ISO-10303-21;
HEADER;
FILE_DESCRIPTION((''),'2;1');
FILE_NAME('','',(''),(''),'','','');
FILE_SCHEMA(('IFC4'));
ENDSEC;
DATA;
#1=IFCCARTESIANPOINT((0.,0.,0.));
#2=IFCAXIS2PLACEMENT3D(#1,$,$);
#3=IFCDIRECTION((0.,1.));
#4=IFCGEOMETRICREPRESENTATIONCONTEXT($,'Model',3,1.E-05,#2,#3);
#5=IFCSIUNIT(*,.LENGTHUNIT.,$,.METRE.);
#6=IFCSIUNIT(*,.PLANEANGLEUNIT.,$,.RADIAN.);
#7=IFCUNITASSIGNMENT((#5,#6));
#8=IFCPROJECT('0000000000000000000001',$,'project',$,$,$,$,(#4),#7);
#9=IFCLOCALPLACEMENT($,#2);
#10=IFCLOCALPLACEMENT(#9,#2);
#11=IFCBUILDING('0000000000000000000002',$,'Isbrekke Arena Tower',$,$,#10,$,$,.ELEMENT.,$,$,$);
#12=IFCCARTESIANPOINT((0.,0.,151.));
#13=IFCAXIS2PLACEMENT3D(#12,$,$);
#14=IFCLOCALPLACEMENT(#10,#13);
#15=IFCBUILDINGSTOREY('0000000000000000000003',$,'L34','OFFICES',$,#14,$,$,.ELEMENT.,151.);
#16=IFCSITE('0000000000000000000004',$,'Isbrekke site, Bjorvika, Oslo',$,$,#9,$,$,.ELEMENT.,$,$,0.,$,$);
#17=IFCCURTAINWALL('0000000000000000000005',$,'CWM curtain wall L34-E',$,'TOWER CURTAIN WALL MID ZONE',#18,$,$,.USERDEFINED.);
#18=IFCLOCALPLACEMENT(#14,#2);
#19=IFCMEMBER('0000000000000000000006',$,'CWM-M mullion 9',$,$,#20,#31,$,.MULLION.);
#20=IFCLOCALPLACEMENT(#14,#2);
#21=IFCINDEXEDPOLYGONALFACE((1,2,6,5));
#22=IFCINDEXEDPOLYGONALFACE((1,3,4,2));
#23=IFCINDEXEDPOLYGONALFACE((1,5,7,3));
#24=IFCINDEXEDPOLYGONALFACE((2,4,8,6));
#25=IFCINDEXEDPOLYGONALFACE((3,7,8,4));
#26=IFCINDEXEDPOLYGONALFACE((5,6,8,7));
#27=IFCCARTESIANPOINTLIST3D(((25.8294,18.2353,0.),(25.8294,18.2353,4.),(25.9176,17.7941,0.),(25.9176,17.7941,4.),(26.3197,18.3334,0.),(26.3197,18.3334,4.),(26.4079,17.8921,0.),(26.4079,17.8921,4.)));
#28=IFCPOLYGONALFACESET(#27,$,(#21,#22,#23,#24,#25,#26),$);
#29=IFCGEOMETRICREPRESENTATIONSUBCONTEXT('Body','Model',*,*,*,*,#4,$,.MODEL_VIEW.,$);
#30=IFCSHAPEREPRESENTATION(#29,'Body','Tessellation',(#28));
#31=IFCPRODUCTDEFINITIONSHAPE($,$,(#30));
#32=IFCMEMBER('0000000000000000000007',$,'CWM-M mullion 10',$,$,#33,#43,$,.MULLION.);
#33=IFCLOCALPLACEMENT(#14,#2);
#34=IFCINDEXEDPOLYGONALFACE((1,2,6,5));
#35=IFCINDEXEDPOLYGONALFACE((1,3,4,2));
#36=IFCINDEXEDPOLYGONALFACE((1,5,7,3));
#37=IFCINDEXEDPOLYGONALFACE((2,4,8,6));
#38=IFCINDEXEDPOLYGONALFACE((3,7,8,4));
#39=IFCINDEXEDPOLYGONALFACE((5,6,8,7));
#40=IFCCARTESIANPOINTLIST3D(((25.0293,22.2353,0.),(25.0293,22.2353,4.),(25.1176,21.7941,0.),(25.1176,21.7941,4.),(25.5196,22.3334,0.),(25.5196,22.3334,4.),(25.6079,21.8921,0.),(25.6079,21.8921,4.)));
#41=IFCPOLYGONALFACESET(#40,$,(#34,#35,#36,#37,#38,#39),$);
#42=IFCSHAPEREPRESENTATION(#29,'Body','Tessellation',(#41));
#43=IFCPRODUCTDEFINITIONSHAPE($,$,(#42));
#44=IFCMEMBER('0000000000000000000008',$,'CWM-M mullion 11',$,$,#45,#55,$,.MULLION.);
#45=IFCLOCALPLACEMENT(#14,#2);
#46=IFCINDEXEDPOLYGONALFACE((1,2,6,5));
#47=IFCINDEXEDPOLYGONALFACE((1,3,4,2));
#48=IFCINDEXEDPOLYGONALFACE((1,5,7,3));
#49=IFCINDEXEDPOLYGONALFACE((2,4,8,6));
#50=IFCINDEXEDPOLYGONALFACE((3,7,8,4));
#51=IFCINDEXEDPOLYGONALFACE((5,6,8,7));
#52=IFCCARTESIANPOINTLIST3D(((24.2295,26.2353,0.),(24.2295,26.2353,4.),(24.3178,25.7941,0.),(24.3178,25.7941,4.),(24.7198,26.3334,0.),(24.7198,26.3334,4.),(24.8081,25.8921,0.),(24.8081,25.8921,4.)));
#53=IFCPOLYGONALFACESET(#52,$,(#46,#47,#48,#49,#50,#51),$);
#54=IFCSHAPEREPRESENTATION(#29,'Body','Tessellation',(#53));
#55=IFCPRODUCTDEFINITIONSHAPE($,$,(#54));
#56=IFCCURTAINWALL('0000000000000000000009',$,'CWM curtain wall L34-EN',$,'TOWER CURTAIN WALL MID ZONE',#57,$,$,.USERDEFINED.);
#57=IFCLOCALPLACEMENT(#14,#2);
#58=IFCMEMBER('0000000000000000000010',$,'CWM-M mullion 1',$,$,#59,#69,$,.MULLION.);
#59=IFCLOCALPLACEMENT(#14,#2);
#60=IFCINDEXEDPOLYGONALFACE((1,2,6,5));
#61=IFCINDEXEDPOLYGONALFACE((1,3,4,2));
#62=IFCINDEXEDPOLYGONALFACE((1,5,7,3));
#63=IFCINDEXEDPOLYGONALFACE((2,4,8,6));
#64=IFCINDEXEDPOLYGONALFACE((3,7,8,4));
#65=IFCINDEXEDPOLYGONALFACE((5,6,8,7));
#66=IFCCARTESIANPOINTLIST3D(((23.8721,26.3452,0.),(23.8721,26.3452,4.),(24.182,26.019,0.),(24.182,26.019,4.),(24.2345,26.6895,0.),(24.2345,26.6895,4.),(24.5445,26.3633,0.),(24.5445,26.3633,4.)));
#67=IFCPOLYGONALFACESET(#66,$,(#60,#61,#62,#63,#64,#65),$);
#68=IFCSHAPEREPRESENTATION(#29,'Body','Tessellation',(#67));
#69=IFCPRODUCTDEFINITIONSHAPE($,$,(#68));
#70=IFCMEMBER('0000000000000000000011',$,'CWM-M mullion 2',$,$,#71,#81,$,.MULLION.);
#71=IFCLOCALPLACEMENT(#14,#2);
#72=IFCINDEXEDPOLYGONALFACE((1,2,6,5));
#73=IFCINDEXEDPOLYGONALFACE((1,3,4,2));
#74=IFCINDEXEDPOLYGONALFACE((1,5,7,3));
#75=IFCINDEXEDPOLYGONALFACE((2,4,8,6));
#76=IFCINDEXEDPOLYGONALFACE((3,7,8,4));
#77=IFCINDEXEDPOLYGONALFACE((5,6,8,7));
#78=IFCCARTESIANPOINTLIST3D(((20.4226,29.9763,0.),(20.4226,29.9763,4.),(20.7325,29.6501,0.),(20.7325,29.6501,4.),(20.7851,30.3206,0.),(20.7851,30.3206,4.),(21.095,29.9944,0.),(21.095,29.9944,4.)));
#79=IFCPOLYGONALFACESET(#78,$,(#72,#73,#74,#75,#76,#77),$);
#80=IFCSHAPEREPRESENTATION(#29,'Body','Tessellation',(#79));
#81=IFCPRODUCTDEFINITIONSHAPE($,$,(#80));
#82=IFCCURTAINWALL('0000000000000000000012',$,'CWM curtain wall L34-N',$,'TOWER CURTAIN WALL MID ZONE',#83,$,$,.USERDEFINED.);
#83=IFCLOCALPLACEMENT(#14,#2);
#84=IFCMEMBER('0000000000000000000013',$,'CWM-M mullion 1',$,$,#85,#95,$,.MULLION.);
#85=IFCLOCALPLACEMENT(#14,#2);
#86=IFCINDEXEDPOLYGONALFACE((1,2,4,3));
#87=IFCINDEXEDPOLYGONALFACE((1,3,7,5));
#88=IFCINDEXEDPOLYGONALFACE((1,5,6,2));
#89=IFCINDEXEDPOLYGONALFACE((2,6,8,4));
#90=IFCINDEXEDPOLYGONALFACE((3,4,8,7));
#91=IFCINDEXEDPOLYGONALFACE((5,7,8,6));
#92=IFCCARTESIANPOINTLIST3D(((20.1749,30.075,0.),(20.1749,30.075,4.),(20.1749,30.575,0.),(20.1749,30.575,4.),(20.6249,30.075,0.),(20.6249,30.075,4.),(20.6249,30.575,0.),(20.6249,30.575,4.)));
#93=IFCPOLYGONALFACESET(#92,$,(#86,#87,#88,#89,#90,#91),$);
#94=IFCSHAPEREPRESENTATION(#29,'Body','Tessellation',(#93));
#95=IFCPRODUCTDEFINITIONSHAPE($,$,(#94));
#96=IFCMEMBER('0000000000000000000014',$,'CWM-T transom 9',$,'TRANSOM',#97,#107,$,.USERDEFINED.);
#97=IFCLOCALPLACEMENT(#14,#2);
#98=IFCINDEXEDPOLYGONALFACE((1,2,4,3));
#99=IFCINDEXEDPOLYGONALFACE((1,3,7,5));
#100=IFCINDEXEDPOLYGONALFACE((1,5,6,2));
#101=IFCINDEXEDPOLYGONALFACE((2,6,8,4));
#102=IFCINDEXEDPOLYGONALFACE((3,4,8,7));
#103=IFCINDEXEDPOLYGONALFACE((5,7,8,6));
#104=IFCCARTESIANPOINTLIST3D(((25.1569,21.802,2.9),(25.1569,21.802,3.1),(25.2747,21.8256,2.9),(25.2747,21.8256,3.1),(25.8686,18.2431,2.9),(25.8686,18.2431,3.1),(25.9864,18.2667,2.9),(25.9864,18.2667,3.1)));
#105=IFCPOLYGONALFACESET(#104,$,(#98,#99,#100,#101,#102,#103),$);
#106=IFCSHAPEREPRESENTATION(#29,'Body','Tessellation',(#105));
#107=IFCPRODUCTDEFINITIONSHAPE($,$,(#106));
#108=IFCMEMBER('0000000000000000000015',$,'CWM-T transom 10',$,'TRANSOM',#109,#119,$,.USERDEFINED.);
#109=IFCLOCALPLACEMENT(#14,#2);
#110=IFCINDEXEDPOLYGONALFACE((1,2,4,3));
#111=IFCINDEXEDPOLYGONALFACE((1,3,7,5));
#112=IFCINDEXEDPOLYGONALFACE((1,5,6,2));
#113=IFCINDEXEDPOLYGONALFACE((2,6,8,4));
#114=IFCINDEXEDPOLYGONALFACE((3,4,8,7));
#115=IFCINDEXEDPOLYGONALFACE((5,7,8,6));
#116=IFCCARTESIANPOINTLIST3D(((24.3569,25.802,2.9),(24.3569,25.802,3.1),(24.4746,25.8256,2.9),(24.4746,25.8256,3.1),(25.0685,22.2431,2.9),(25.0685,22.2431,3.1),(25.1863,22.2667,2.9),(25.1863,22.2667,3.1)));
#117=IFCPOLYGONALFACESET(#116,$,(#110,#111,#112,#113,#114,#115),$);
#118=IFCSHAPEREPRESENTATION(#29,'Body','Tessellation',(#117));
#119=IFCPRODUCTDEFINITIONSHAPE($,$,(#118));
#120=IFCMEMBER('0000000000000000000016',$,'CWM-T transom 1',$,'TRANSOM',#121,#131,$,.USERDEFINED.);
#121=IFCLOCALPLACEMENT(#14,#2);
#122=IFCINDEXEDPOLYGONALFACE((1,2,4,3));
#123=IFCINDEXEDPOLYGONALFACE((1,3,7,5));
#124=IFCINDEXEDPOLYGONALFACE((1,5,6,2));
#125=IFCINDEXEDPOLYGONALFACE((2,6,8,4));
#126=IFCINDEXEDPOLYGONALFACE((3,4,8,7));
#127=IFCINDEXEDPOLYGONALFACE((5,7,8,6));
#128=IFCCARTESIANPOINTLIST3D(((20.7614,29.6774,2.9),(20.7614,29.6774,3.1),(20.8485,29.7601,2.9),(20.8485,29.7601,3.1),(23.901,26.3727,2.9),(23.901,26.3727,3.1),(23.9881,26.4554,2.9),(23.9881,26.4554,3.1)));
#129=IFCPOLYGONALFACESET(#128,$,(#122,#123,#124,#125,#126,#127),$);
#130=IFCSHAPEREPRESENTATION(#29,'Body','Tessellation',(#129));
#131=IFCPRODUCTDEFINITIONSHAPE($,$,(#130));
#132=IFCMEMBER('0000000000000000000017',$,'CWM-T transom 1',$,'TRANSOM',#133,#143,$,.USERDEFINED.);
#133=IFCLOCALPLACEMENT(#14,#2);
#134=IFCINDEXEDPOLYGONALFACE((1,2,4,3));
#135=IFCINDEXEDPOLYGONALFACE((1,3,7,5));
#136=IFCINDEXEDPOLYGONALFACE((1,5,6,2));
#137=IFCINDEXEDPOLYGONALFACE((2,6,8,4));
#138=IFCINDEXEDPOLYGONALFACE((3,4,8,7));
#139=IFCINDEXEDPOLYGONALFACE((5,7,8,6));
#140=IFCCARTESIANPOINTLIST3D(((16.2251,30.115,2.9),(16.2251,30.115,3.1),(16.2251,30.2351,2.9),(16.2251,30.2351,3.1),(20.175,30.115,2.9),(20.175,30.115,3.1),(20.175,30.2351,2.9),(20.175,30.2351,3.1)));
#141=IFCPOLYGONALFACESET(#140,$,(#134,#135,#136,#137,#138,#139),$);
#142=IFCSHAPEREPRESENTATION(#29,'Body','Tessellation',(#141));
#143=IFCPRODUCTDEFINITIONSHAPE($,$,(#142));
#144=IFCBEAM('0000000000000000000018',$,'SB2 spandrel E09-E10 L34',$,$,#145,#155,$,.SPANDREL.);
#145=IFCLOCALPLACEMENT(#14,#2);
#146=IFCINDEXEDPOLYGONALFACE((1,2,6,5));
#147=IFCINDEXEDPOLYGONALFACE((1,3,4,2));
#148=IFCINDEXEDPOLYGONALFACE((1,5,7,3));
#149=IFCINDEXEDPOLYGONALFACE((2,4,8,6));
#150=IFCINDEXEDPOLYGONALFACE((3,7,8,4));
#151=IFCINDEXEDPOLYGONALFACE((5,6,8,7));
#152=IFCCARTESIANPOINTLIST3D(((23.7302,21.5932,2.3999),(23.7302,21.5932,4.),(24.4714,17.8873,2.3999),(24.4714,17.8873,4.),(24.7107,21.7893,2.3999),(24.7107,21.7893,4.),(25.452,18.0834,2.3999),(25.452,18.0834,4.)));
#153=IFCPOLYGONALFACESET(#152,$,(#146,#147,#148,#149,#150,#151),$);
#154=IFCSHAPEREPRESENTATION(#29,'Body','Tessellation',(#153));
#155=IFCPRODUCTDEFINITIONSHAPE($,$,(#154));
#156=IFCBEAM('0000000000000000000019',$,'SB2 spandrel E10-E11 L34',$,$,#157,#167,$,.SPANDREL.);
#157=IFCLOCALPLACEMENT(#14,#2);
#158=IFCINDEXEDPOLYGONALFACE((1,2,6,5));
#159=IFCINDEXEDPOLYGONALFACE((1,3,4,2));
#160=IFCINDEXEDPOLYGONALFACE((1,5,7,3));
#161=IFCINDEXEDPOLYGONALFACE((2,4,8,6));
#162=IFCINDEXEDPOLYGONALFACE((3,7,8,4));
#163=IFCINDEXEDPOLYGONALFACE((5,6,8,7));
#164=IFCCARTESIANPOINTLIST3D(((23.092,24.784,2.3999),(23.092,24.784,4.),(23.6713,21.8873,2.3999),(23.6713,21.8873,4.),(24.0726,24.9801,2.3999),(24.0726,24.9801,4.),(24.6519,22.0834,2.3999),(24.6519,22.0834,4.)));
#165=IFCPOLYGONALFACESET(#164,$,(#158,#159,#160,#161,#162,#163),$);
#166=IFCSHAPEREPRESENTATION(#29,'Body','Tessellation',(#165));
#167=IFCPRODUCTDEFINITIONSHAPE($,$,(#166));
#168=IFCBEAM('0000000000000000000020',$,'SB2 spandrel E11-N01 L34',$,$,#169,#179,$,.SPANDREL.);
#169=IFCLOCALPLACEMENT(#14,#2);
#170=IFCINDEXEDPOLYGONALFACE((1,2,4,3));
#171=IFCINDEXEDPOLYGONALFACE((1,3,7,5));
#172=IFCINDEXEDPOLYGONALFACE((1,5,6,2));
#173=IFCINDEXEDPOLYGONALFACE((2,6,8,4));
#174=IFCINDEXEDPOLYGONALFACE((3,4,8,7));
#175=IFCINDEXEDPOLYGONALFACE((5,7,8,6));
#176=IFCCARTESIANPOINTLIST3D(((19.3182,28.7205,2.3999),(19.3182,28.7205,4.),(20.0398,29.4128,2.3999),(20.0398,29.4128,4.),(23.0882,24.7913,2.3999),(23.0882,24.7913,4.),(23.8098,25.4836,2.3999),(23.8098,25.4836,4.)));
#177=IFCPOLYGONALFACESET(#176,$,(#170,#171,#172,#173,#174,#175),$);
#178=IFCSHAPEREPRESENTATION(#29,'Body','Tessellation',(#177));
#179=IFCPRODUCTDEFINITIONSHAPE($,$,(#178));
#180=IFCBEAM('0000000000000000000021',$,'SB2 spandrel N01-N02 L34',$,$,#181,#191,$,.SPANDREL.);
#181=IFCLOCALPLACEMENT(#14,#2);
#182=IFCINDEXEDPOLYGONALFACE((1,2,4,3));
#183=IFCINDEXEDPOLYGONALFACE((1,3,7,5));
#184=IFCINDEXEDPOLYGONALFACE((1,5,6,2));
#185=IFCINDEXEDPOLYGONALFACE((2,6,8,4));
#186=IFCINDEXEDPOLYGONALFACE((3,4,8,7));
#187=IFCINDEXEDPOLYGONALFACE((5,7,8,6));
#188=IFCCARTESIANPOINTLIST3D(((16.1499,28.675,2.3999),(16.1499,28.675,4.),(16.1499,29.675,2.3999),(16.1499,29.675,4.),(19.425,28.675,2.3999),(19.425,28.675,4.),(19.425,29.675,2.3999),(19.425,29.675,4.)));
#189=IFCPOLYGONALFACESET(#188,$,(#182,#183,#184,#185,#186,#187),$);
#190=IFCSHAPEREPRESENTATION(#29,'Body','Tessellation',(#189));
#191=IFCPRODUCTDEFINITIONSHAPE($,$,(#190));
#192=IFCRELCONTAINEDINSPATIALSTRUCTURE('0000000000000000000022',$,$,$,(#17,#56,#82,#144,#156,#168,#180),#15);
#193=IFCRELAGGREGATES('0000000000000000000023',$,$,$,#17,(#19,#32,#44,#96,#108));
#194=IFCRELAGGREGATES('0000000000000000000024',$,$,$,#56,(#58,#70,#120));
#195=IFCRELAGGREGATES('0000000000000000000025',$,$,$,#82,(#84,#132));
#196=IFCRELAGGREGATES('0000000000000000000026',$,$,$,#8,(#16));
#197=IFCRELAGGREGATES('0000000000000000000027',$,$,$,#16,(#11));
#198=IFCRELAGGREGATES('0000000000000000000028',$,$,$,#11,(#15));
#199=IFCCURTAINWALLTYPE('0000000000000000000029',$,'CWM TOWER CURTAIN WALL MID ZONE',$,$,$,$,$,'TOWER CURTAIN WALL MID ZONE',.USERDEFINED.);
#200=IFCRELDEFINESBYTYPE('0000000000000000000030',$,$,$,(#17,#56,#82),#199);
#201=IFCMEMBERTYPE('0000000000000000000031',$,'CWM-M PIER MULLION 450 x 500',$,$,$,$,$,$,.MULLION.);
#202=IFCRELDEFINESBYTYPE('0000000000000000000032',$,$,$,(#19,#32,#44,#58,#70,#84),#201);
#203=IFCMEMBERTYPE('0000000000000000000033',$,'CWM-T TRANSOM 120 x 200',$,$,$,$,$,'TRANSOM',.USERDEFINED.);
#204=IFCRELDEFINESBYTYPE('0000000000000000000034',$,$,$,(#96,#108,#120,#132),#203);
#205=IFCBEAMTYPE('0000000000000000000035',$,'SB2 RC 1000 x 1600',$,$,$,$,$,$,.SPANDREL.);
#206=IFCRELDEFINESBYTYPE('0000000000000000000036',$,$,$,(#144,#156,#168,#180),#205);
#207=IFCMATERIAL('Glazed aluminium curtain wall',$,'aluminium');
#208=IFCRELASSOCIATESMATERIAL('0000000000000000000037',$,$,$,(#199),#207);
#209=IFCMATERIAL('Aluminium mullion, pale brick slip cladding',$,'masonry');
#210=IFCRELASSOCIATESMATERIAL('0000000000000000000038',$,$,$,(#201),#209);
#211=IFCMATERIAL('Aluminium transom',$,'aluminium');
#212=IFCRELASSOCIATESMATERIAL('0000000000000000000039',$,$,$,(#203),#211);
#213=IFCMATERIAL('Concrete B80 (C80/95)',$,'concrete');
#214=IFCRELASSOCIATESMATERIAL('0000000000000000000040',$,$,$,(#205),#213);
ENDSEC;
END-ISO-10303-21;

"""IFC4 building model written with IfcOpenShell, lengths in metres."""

from ifc_helpers import new_model, si_unit, direction, frame, origin, origin_2d, place, context, subcontext, project, spatial, rectangle, extrude, material, material_profile, profile_set, type_object, element, aggregate, save


model = new_model("IFC4")

# Units and contexts
model_context = context("Model", 3, precision=1e-05, world=origin(), true_north=direction((0.0, 1.0)))
body_context = subcontext(model_context, "Body", "Model", "MODEL_VIEW")
ifc_project = project(units=[si_unit("LENGTHUNIT", "METRE"), si_unit("PLANEANGLEUNIT", "RADIAN")], contexts=[model_context])

# Site, building, storey
site_placement = place(None, origin())
site = spatial("IfcSite", under=ifc_project, at=site_placement, Name="Isbrekke site, Bjorvika, Oslo", CompositionType="ELEMENT", RefElevation=0.0)
building_placement = place(site_placement, origin())
building = spatial("IfcBuilding", under=site, at=building_placement, Name="Isbrekke Arena Tower", CompositionType="ELEMENT")
storey_placement = place(building_placement, frame((0.0, 0.0, 151.0)))
storey = spatial("IfcBuildingStorey", under=building, at=storey_placement, Name="L34", Description="OFFICES", CompositionType="ELEMENT", Elevation=151.0)

# Curtain walls, members
ifc_material_1 = material(Name="Glazed aluminium curtain wall", Category="aluminium")
curtain_wall_type = type_object("IfcCurtainWallType", Name="CWM TOWER CURTAIN WALL MID ZONE", ElementType="TOWER CURTAIN WALL MID ZONE", PredefinedType="USERDEFINED", material=ifc_material_1)
curtain_wall_1_placement = place(storey_placement, origin())
curtain_wall_1 = element("IfcCurtainWall", 1, at=curtain_wall_1_placement, inside=storey, type_object=curtain_wall_type, Name="CWM curtain wall L34-E", ObjectType="TOWER CURTAIN WALL MID ZONE", PredefinedType="USERDEFINED")
ifc_material_2 = material(Name="Aluminium mullion, pale brick slip cladding", Category="masonry")
ifc_material_profile_1 = material_profile(ifc_material_2, rectangle(XDim=0.45, YDim=0.5, at=origin_2d()), Name="PIER 450X500")
ifc_profile_set_1 = profile_set([ifc_material_profile_1], Name="Aluminium mullion, pale brick slip cladding")
member_type_1 = type_object("IfcMemberType", Name="CWM-M PIER MULLION 450 x 500", PredefinedType="MULLION", material=ifc_profile_set_1)
member_1_placement = place(storey_placement, frame((26.1187, 18.0637, 0.0), z_axis=(0.0, 0.0, 1.0), x_axis=(-0.196116, 0.980581, 0.0)))
member_1 = element("IfcMember", 2, at=member_1_placement, type_object=member_type_1, Name="CWM-M mullion 9", PredefinedType="MULLION", context=body_context, shape_type="SweptSolid", body=[
    extrude(rectangle(XDim=0.45, YDim=0.5, at=origin_2d()), origin(), (0.0, 0.0, 1.0), 4.0),
])
member_2_placement = place(storey_placement, frame((25.3186, 22.0637, 0.0), z_axis=(0.0, 0.0, 1.0), x_axis=(-0.196116, 0.980581, 0.0)))
member_2 = element("IfcMember", 3, at=member_2_placement, type_object=member_type_1, Name="CWM-M mullion 10", PredefinedType="MULLION", context=body_context, shape_type="SweptSolid", body=[
    extrude(rectangle(XDim=0.45, YDim=0.5, at=origin_2d()), origin(), (0.0, 0.0, 1.0), 4.0),
])
member_3_placement = place(storey_placement, frame((24.5188, 26.0637, 0.0), z_axis=(0.0, 0.0, 1.0), x_axis=(-0.196116, 0.980581, 0.0)))
member_3 = element("IfcMember", 4, at=member_3_placement, type_object=member_type_1, Name="CWM-M mullion 11", PredefinedType="MULLION", context=body_context, shape_type="SweptSolid", body=[
    extrude(rectangle(XDim=0.45, YDim=0.5, at=origin_2d()), origin(), (0.0, 0.0, 1.0), 4.0),
])
curtain_wall_2_placement = place(storey_placement, origin())
curtain_wall_2 = element("IfcCurtainWall", 5, at=curtain_wall_2_placement, inside=storey, type_object=curtain_wall_type, Name="CWM curtain wall L34-EN", ObjectType="TOWER CURTAIN WALL MID ZONE", PredefinedType="USERDEFINED")
member_4_placement = place(storey_placement, frame((24.2083, 26.3542, 0.0), z_axis=(0.0, 0.0, 1.0), x_axis=(-0.688749, 0.724999, 0.0)))
member_4 = element("IfcMember", 6, at=member_4_placement, type_object=member_type_1, Name="CWM-M mullion 1", PredefinedType="MULLION", context=body_context, shape_type="SweptSolid", body=[
    extrude(rectangle(XDim=0.45, YDim=0.5, at=origin_2d()), origin(), (0.0, 0.0, 1.0), 4.0),
])
member_5_placement = place(storey_placement, frame((20.7588, 29.9854, 0.0), z_axis=(0.0, 0.0, 1.0), x_axis=(-0.688749, 0.724999, 0.0)))
member_5 = element("IfcMember", 7, at=member_5_placement, type_object=member_type_1, Name="CWM-M mullion 2", PredefinedType="MULLION", context=body_context, shape_type="SweptSolid", body=[
    extrude(rectangle(XDim=0.45, YDim=0.5, at=origin_2d()), origin(), (0.0, 0.0, 1.0), 4.0),
])

# Curtain wall, member
curtain_wall_3_placement = place(storey_placement, origin())
curtain_wall_3 = element("IfcCurtainWall", 8, at=curtain_wall_3_placement, inside=storey, type_object=curtain_wall_type, Name="CWM curtain wall L34-N", ObjectType="TOWER CURTAIN WALL MID ZONE", PredefinedType="USERDEFINED")
member_6_placement = place(storey_placement, frame((20.3999, 30.325, 0.0), z_axis=(0.0, 0.0, 1.0), x_axis=(-1.0, 0.0, 0.0)))
member_6 = element("IfcMember", 9, at=member_6_placement, type_object=member_type_1, Name="CWM-M mullion 1", PredefinedType="MULLION", context=body_context, shape_type="SweptSolid", body=[
    extrude(rectangle(XDim=0.45, YDim=0.5, at=origin_2d()), origin(), (0.0, 0.0, 1.0), 4.0),
])

# Members
ifc_material_3 = material(Name="Aluminium transom", Category="aluminium")
ifc_material_profile_2 = material_profile(ifc_material_3, rectangle(XDim=0.1201, YDim=0.2, at=origin_2d()), Name="TRANSOM 120X200")
ifc_profile_set_2 = profile_set([ifc_material_profile_2], Name="Aluminium transom")
member_type_2 = type_object("IfcMemberType", Name="CWM-T TRANSOM 120 x 200", ElementType="TRANSOM", PredefinedType="USERDEFINED", material=ifc_profile_set_2)
member_7_placement = place(storey_placement, frame((25.9275, 18.2549, 3.0), z_axis=(-0.19609, 0.980586, 0.0), x_axis=(-0.980586, -0.19609, 0.0)))
member_7 = element("IfcMember", 10, at=member_7_placement, type_object=member_type_2, Name="CWM-T transom 9", ObjectType="TRANSOM", PredefinedType="USERDEFINED", context=body_context, shape_type="SweptSolid", body=[
    extrude(rectangle(XDim=0.1201, YDim=0.2, at=origin_2d()), origin(), (0.0, 0.0, 1.0), 3.6294),
])
member_8_placement = place(storey_placement, frame((25.1274, 22.2549, 3.0), z_axis=(-0.19609, 0.980586, 0.0), x_axis=(-0.980586, -0.19609, 0.0)))
member_8 = element("IfcMember", 11, at=member_8_placement, type_object=member_type_2, Name="CWM-T transom 10", ObjectType="TRANSOM", PredefinedType="USERDEFINED", context=body_context, shape_type="SweptSolid", body=[
    extrude(rectangle(XDim=0.1201, YDim=0.2, at=origin_2d()), origin(), (0.0, 0.0, 1.0), 3.6294),
])
member_9_placement = place(storey_placement, frame((23.9446, 26.4141, 3.0), z_axis=(-0.688772, 0.724978, 0.0), x_axis=(-0.724978, -0.688772, 0.0)))
member_9 = element("IfcMember", 12, at=member_9_placement, type_object=member_type_2, Name="CWM-T transom 1", ObjectType="TRANSOM", PredefinedType="USERDEFINED", context=body_context, shape_type="SweptSolid", body=[
    extrude(rectangle(XDim=0.1201, YDim=0.2, at=origin_2d()), origin(), (0.0, 0.0, 1.0), 4.5583),
])
member_10_placement = place(storey_placement, frame((20.175, 30.175, 3.0), z_axis=(-1.0, 0.0, 0.0), x_axis=(0.0, -1.0, 0.0)))
member_10 = element("IfcMember", 13, at=member_10_placement, type_object=member_type_2, Name="CWM-T transom 1", ObjectType="TRANSOM", PredefinedType="USERDEFINED", context=body_context, shape_type="SweptSolid", body=[
    extrude(rectangle(XDim=0.1201, YDim=0.2, at=origin_2d()), origin(), (0.0, 0.0, 1.0), 3.95),
])

# Beams
ifc_material_4 = material(Name="Concrete B80 (C80/95)", Category="concrete")
ifc_material_profile_3 = material_profile(ifc_material_4, rectangle(XDim=1.0, YDim=1.6001, at=origin_2d()), Name="RC 1000x1600")
ifc_profile_set_3 = profile_set([ifc_material_profile_3], Name="Concrete B80 (C80/95)")
beam_type_1 = type_object("IfcBeamType", Name="SB2 RC 1000 x 1600", PredefinedType="SPANDREL", material=ifc_profile_set_3)
beam_1_placement = place(storey_placement, frame((24.9617, 17.9854, 3.2), z_axis=(-0.196129, 0.980578, 0.0), x_axis=(-0.980578, -0.196129, 0.0)))
element("IfcBeam", 14, at=beam_1_placement, inside=storey, type_object=beam_type_1, Name="SB2 spandrel E09-E10 L34", PredefinedType="SPANDREL", context=body_context, shape_type="SweptSolid", body=[
    extrude(rectangle(XDim=1.0, YDim=1.6001, at=origin_2d()), origin(), (0.0, 0.0, 1.0), 3.7793),
])
beam_2_placement = place(storey_placement, frame((24.1616, 21.9854, 3.2), z_axis=(-0.196116, 0.980581, 0.0), x_axis=(-0.980581, -0.196116, 0.0)))
element("IfcBeam", 15, at=beam_2_placement, inside=storey, type_object=beam_type_1, Name="SB2 spandrel E10-E11 L34", PredefinedType="SPANDREL", context=body_context, shape_type="SweptSolid", body=[
    extrude(rectangle(XDim=1.0, YDim=1.6001, at=origin_2d()), origin(), (0.0, 0.0, 1.0), 2.9541),
])
beam_3_placement = place(storey_placement, frame((23.449, 25.1375, 3.2), z_axis=(-0.69234, 0.721572, 0.0), x_axis=(-0.721572, -0.69234, 0.0)))
element("IfcBeam", 16, at=beam_3_placement, inside=storey, type_object=beam_type_1, Name="SB2 spandrel E11-N01 L34", PredefinedType="SPANDREL", context=body_context, shape_type="SweptSolid", body=[
    extrude(rectangle(XDim=1.0, YDim=1.6001, at=origin_2d()), origin(), (0.0, 0.0, 1.0), 5.4453),
])
beam_4_placement = place(storey_placement, frame((19.425, 29.175, 3.2), z_axis=(-1.0, 0.0, 0.0), x_axis=(0.0, -1.0, 0.0)))
element("IfcBeam", 17, at=beam_4_placement, inside=storey, type_object=beam_type_1, Name="SB2 spandrel N01-N02 L34", PredefinedType="SPANDREL", context=body_context, shape_type="SweptSolid", body=[
    extrude(rectangle(XDim=1.0, YDim=1.6001, at=origin_2d()), origin(), (0.0, 0.0, 1.0), 3.2751),
])

aggregate(curtain_wall_1, [member_1, member_2, member_3, member_7, member_8])
aggregate(curtain_wall_2, [member_4, member_5, member_9])
aggregate(curtain_wall_3, [member_6, member_10])

save(model, "model.ifc")
